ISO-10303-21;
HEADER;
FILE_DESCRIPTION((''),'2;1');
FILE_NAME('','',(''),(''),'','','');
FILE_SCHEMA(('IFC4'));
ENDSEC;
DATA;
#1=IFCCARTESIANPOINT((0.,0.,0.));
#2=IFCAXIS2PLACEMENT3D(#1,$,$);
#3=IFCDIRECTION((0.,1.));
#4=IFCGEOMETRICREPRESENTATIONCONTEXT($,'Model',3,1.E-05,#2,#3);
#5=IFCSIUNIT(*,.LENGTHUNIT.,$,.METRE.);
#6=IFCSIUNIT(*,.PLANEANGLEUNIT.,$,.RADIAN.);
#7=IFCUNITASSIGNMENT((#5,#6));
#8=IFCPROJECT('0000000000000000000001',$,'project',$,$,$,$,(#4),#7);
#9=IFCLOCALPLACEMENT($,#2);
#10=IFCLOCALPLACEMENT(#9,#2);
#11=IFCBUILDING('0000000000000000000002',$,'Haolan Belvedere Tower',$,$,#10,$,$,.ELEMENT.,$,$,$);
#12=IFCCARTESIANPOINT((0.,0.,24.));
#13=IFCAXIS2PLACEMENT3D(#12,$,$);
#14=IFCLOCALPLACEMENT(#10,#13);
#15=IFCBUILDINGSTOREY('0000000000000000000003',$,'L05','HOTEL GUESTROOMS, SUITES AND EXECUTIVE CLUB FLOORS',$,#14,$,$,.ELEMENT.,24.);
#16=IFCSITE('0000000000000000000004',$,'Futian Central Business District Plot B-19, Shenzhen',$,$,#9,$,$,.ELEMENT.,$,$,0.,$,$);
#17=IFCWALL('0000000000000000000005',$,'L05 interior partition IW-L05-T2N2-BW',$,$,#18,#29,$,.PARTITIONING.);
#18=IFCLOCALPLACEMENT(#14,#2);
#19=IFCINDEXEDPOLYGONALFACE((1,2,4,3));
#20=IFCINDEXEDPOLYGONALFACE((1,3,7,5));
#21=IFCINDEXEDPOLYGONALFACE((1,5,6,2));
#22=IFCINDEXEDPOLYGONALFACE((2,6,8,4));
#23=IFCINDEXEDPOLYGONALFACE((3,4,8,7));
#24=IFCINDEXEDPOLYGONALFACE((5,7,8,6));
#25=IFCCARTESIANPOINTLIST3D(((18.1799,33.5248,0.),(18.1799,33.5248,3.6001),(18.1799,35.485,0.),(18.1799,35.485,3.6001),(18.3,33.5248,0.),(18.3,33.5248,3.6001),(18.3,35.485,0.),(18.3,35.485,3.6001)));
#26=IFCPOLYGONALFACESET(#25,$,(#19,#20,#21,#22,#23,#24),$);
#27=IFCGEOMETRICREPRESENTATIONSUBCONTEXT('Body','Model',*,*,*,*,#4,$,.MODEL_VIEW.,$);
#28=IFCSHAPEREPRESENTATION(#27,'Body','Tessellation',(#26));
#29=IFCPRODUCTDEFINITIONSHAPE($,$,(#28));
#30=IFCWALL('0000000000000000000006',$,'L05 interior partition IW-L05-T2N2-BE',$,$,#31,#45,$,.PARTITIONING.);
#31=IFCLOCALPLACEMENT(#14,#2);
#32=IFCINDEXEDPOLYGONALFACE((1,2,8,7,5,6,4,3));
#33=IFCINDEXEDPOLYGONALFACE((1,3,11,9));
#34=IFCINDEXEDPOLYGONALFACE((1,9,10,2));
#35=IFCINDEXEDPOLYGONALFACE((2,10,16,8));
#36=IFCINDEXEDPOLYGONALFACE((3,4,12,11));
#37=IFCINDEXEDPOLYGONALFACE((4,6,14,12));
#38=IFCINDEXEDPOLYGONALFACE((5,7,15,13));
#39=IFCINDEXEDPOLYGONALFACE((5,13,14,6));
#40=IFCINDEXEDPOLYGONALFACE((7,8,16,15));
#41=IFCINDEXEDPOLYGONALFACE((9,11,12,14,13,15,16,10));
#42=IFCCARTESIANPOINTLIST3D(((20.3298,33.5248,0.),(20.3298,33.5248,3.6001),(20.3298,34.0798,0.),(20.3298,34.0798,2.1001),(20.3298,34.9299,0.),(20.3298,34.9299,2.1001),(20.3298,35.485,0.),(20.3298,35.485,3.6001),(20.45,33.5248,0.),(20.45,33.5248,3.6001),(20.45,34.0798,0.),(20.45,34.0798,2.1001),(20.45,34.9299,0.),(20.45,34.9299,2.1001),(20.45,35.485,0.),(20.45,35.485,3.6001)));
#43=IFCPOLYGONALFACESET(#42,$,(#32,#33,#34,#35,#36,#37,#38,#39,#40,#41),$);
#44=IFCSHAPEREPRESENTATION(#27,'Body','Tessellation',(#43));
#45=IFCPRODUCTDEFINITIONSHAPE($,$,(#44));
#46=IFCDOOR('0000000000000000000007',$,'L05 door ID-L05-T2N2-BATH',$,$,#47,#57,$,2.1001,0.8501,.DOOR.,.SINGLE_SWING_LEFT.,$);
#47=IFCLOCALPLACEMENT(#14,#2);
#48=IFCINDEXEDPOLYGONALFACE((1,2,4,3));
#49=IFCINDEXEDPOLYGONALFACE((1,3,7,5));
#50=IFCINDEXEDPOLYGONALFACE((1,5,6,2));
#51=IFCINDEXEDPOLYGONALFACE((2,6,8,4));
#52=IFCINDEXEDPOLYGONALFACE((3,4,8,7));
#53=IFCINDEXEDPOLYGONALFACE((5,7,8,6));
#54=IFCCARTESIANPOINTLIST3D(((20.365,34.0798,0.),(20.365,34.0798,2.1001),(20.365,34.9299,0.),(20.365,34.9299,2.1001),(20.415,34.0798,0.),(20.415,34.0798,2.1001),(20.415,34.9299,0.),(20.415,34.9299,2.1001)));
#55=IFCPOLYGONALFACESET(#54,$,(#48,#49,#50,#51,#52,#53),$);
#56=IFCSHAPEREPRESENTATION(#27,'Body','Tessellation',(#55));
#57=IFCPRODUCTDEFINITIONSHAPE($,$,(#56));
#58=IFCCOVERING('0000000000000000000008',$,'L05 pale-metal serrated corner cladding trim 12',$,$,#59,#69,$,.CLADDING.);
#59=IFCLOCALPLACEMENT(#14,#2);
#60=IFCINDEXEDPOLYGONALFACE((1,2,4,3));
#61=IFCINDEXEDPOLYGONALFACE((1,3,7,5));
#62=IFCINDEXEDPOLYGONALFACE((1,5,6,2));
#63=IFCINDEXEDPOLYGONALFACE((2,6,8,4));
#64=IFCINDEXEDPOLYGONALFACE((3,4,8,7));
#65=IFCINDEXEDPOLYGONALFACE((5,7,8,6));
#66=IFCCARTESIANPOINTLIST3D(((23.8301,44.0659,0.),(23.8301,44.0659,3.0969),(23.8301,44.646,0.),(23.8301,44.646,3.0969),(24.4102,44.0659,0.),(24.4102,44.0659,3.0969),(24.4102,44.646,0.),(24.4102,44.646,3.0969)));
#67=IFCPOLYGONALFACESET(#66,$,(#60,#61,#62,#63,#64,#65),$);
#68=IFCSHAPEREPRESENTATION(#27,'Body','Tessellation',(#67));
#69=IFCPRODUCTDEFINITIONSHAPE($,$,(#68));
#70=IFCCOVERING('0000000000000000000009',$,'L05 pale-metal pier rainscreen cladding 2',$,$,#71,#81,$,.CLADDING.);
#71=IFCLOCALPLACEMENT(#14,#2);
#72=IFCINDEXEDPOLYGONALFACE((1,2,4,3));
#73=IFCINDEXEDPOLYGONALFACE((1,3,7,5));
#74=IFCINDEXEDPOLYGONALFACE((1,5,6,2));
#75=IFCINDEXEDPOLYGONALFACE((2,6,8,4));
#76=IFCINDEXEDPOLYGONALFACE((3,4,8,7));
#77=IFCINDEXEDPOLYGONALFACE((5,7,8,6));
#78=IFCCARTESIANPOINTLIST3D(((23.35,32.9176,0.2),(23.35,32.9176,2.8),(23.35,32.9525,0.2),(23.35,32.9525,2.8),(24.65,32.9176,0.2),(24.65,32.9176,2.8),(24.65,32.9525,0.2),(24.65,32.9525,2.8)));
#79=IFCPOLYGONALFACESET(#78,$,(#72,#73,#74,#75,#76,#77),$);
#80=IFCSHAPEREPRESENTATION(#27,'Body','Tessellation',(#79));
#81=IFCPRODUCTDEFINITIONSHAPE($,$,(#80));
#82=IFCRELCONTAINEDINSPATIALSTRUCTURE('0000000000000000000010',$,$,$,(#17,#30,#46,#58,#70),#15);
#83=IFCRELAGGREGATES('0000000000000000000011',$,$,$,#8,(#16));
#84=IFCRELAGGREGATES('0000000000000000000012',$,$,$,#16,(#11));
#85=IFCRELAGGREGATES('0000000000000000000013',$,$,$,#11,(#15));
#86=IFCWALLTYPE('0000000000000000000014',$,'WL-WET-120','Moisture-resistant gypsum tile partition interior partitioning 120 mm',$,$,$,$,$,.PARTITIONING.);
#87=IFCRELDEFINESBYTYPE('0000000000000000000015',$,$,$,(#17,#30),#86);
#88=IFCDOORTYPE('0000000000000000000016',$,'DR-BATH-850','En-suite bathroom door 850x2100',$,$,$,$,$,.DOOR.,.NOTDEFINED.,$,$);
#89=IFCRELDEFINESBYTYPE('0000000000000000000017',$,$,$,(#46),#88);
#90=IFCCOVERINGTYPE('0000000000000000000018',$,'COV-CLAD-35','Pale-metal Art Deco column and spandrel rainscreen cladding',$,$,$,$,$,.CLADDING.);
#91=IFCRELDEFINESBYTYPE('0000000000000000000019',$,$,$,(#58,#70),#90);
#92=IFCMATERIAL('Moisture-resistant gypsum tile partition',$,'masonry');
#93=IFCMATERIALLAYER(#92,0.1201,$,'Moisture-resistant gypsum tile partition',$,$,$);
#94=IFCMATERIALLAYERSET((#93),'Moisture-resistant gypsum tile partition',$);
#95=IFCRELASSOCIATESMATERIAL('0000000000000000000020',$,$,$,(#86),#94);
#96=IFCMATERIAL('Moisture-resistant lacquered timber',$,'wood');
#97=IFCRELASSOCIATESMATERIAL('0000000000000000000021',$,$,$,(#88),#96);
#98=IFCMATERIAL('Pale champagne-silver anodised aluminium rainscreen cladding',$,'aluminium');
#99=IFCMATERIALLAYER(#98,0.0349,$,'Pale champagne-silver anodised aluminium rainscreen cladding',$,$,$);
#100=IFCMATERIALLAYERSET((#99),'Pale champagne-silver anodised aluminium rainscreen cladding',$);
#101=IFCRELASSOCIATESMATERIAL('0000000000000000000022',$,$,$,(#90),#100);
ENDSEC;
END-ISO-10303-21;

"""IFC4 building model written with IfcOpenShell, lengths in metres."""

from ifc_helpers import new_model, si_unit, direction, frame, frame_2d, origin, origin_2d, place, context, subcontext, project, spatial, rectangle, extrude, material, layer, layer_set, type_object, element, fill, save


model = new_model("IFC4")

# Units and contexts
model_context = context("Model", 3, precision=1e-05, world=origin(), true_north=direction((0.0, 1.0)))
body_context = subcontext(model_context, "Body", "Model", "MODEL_VIEW")
ifc_project = project(units=[si_unit("LENGTHUNIT", "METRE"), si_unit("PLANEANGLEUNIT", "RADIAN")], contexts=[model_context])

# Site, building, storey
site_placement = place(None, origin())
site = spatial("IfcSite", under=ifc_project, at=site_placement, Name="Futian Central Business District Plot B-19, Shenzhen", CompositionType="ELEMENT", RefElevation=0.0)
building_placement = place(site_placement, origin())
building = spatial("IfcBuilding", under=site, at=building_placement, Name="Haolan Belvedere Tower", CompositionType="ELEMENT")
storey_placement = place(building_placement, frame((0.0, 0.0, 24.0)))
storey = spatial("IfcBuildingStorey", under=building, at=storey_placement, Name="L05", Description="HOTEL GUESTROOMS, SUITES AND EXECUTIVE CLUB FLOORS", CompositionType="ELEMENT", Elevation=24.0)

# Wall
ifc_material_1 = material(Name="Moisture-resistant gypsum tile partition", Category="masonry")
ifc_layer_1 = layer(ifc_material_1, 0.1201, Name="Moisture-resistant gypsum tile partition")
ifc_layer_set_1 = layer_set([ifc_layer_1], Name="Moisture-resistant gypsum tile partition")
wall_type_1 = type_object("IfcWallType", Name="WL-WET-120", Description="Moisture-resistant gypsum tile partition interior partitioning 120 mm", PredefinedType="PARTITIONING", material=ifc_layer_set_1)
wall_1_placement = place(storey_placement, frame((18.24, 33.5249, 0.0), z_axis=(0.0, 0.0, 1.0), x_axis=(0.0, 1.0, 0.0)))
element("IfcWall", 1, at=wall_1_placement, inside=storey, type_object=wall_type_1, Name="L05 interior partition IW-L05-T2N2-BW", PredefinedType="PARTITIONING", context=body_context, shape_type="SweptSolid", body=[
    extrude(rectangle(XDim=1.9602, YDim=0.1201, at=frame_2d((0.98, 0.0))), origin(), (0.0, 0.0, 1.0), 3.6001),
])

# Wall, opening, door
wall_2_placement = place(storey_placement, frame((20.3899, 33.5249, 0.0), z_axis=(0.0, 0.0, 1.0), x_axis=(0.0, 1.0, 0.0)))
wall_2 = element("IfcWall", 2, at=wall_2_placement, inside=storey, type_object=wall_type_1, Name="L05 interior partition IW-L05-T2N2-BE", PredefinedType="PARTITIONING", context=body_context, shape_type="SweptSolid", body=[
    extrude(rectangle(XDim=1.9602, YDim=0.1201, at=frame_2d((0.98, 0.0))), origin(), (0.0, 0.0, 1.0), 3.6001),
])
opening_1_placement = place(wall_2_placement, frame((0.5549, 0.0, 0.0)))
opening_1 = element("IfcOpeningElement", 3, at=opening_1_placement, cuts=wall_2, PredefinedType="OPENING", context=body_context, shape_type="SweptSolid", body=[
    extrude(rectangle(XDim=0.8501, YDim=2.1001, at=frame_2d((0.425, 1.05))), frame((0.0, 0.0701, 0.0), z_axis=(0.0, -1.0, 0.0), x_axis=(1.0, 0.0, 0.0)), (0.0, 0.0, 1.0), 0.1401),
])
ifc_material_2 = material(Name="Moisture-resistant lacquered timber", Category="wood")
door_type_1 = type_object("IfcDoorType", Name="DR-BATH-850", Description="En-suite bathroom door 850x2100", OperationType="NOTDEFINED", PredefinedType="DOOR", material=ifc_material_2)
door_1_placement = place(opening_1_placement, origin())
door_1 = element("IfcDoor", 4, at=door_1_placement, inside=storey, type_object=door_type_1, Name="L05 door ID-L05-T2N2-BATH", OperationType="SINGLE_SWING_LEFT", OverallHeight=2.1001, OverallWidth=0.8501, PredefinedType="DOOR", context=body_context, shape_type="SweptSolid", body=[
    extrude(rectangle(XDim=0.8501, YDim=2.1001, at=frame_2d((0.425, 1.05))), frame((0.0, 0.0249, 0.0), z_axis=(0.0, -1.0, 0.0), x_axis=(1.0, 0.0, 0.0)), (0.0, 0.0, 1.0), 0.05),
])
fill(opening_1, door_1)

# Coverings
ifc_material_3 = material(Name="Pale champagne-silver anodised aluminium rainscreen cladding", Category="aluminium")
ifc_layer_2 = layer(ifc_material_3, 0.0349, Name="Pale champagne-silver anodised aluminium rainscreen cladding")
ifc_layer_set_2 = layer_set([ifc_layer_2], Name="Pale champagne-silver anodised aluminium rainscreen cladding")
covering_type = type_object("IfcCoveringType", Name="COV-CLAD-35", Description="Pale-metal Art Deco column and spandrel rainscreen cladding", PredefinedType="CLADDING", material=ifc_layer_set_2)
covering_1_placement = place(storey_placement, frame((24.1201, 44.356, 0.0), z_axis=(0.0, 0.0, 1.0), x_axis=(1.0, 0.0, 0.0)))
element("IfcCovering", 5, at=covering_1_placement, inside=storey, type_object=covering_type, Name="L05 pale-metal serrated corner cladding trim 12", PredefinedType="CLADDING", context=body_context, shape_type="SweptSolid", body=[
    extrude(rectangle(XDim=0.5801, YDim=0.5801, at=origin_2d()), origin(), (0.0, 0.0, 1.0), 3.0969),
])
covering_2_placement = place(storey_placement, frame((24.0, 32.9351, 0.2), z_axis=(0.0, 0.0, 1.0), x_axis=(1.0, 0.0, 0.0)))
element("IfcCovering", 6, at=covering_2_placement, inside=storey, type_object=covering_type, Name="L05 pale-metal pier rainscreen cladding 2", PredefinedType="CLADDING", context=body_context, shape_type="SweptSolid", body=[
    extrude(rectangle(XDim=1.3, YDim=0.0349, at=origin_2d()), origin(), (0.0, 0.0, 1.0), 2.6001),
])

save(model, "model.ifc")
